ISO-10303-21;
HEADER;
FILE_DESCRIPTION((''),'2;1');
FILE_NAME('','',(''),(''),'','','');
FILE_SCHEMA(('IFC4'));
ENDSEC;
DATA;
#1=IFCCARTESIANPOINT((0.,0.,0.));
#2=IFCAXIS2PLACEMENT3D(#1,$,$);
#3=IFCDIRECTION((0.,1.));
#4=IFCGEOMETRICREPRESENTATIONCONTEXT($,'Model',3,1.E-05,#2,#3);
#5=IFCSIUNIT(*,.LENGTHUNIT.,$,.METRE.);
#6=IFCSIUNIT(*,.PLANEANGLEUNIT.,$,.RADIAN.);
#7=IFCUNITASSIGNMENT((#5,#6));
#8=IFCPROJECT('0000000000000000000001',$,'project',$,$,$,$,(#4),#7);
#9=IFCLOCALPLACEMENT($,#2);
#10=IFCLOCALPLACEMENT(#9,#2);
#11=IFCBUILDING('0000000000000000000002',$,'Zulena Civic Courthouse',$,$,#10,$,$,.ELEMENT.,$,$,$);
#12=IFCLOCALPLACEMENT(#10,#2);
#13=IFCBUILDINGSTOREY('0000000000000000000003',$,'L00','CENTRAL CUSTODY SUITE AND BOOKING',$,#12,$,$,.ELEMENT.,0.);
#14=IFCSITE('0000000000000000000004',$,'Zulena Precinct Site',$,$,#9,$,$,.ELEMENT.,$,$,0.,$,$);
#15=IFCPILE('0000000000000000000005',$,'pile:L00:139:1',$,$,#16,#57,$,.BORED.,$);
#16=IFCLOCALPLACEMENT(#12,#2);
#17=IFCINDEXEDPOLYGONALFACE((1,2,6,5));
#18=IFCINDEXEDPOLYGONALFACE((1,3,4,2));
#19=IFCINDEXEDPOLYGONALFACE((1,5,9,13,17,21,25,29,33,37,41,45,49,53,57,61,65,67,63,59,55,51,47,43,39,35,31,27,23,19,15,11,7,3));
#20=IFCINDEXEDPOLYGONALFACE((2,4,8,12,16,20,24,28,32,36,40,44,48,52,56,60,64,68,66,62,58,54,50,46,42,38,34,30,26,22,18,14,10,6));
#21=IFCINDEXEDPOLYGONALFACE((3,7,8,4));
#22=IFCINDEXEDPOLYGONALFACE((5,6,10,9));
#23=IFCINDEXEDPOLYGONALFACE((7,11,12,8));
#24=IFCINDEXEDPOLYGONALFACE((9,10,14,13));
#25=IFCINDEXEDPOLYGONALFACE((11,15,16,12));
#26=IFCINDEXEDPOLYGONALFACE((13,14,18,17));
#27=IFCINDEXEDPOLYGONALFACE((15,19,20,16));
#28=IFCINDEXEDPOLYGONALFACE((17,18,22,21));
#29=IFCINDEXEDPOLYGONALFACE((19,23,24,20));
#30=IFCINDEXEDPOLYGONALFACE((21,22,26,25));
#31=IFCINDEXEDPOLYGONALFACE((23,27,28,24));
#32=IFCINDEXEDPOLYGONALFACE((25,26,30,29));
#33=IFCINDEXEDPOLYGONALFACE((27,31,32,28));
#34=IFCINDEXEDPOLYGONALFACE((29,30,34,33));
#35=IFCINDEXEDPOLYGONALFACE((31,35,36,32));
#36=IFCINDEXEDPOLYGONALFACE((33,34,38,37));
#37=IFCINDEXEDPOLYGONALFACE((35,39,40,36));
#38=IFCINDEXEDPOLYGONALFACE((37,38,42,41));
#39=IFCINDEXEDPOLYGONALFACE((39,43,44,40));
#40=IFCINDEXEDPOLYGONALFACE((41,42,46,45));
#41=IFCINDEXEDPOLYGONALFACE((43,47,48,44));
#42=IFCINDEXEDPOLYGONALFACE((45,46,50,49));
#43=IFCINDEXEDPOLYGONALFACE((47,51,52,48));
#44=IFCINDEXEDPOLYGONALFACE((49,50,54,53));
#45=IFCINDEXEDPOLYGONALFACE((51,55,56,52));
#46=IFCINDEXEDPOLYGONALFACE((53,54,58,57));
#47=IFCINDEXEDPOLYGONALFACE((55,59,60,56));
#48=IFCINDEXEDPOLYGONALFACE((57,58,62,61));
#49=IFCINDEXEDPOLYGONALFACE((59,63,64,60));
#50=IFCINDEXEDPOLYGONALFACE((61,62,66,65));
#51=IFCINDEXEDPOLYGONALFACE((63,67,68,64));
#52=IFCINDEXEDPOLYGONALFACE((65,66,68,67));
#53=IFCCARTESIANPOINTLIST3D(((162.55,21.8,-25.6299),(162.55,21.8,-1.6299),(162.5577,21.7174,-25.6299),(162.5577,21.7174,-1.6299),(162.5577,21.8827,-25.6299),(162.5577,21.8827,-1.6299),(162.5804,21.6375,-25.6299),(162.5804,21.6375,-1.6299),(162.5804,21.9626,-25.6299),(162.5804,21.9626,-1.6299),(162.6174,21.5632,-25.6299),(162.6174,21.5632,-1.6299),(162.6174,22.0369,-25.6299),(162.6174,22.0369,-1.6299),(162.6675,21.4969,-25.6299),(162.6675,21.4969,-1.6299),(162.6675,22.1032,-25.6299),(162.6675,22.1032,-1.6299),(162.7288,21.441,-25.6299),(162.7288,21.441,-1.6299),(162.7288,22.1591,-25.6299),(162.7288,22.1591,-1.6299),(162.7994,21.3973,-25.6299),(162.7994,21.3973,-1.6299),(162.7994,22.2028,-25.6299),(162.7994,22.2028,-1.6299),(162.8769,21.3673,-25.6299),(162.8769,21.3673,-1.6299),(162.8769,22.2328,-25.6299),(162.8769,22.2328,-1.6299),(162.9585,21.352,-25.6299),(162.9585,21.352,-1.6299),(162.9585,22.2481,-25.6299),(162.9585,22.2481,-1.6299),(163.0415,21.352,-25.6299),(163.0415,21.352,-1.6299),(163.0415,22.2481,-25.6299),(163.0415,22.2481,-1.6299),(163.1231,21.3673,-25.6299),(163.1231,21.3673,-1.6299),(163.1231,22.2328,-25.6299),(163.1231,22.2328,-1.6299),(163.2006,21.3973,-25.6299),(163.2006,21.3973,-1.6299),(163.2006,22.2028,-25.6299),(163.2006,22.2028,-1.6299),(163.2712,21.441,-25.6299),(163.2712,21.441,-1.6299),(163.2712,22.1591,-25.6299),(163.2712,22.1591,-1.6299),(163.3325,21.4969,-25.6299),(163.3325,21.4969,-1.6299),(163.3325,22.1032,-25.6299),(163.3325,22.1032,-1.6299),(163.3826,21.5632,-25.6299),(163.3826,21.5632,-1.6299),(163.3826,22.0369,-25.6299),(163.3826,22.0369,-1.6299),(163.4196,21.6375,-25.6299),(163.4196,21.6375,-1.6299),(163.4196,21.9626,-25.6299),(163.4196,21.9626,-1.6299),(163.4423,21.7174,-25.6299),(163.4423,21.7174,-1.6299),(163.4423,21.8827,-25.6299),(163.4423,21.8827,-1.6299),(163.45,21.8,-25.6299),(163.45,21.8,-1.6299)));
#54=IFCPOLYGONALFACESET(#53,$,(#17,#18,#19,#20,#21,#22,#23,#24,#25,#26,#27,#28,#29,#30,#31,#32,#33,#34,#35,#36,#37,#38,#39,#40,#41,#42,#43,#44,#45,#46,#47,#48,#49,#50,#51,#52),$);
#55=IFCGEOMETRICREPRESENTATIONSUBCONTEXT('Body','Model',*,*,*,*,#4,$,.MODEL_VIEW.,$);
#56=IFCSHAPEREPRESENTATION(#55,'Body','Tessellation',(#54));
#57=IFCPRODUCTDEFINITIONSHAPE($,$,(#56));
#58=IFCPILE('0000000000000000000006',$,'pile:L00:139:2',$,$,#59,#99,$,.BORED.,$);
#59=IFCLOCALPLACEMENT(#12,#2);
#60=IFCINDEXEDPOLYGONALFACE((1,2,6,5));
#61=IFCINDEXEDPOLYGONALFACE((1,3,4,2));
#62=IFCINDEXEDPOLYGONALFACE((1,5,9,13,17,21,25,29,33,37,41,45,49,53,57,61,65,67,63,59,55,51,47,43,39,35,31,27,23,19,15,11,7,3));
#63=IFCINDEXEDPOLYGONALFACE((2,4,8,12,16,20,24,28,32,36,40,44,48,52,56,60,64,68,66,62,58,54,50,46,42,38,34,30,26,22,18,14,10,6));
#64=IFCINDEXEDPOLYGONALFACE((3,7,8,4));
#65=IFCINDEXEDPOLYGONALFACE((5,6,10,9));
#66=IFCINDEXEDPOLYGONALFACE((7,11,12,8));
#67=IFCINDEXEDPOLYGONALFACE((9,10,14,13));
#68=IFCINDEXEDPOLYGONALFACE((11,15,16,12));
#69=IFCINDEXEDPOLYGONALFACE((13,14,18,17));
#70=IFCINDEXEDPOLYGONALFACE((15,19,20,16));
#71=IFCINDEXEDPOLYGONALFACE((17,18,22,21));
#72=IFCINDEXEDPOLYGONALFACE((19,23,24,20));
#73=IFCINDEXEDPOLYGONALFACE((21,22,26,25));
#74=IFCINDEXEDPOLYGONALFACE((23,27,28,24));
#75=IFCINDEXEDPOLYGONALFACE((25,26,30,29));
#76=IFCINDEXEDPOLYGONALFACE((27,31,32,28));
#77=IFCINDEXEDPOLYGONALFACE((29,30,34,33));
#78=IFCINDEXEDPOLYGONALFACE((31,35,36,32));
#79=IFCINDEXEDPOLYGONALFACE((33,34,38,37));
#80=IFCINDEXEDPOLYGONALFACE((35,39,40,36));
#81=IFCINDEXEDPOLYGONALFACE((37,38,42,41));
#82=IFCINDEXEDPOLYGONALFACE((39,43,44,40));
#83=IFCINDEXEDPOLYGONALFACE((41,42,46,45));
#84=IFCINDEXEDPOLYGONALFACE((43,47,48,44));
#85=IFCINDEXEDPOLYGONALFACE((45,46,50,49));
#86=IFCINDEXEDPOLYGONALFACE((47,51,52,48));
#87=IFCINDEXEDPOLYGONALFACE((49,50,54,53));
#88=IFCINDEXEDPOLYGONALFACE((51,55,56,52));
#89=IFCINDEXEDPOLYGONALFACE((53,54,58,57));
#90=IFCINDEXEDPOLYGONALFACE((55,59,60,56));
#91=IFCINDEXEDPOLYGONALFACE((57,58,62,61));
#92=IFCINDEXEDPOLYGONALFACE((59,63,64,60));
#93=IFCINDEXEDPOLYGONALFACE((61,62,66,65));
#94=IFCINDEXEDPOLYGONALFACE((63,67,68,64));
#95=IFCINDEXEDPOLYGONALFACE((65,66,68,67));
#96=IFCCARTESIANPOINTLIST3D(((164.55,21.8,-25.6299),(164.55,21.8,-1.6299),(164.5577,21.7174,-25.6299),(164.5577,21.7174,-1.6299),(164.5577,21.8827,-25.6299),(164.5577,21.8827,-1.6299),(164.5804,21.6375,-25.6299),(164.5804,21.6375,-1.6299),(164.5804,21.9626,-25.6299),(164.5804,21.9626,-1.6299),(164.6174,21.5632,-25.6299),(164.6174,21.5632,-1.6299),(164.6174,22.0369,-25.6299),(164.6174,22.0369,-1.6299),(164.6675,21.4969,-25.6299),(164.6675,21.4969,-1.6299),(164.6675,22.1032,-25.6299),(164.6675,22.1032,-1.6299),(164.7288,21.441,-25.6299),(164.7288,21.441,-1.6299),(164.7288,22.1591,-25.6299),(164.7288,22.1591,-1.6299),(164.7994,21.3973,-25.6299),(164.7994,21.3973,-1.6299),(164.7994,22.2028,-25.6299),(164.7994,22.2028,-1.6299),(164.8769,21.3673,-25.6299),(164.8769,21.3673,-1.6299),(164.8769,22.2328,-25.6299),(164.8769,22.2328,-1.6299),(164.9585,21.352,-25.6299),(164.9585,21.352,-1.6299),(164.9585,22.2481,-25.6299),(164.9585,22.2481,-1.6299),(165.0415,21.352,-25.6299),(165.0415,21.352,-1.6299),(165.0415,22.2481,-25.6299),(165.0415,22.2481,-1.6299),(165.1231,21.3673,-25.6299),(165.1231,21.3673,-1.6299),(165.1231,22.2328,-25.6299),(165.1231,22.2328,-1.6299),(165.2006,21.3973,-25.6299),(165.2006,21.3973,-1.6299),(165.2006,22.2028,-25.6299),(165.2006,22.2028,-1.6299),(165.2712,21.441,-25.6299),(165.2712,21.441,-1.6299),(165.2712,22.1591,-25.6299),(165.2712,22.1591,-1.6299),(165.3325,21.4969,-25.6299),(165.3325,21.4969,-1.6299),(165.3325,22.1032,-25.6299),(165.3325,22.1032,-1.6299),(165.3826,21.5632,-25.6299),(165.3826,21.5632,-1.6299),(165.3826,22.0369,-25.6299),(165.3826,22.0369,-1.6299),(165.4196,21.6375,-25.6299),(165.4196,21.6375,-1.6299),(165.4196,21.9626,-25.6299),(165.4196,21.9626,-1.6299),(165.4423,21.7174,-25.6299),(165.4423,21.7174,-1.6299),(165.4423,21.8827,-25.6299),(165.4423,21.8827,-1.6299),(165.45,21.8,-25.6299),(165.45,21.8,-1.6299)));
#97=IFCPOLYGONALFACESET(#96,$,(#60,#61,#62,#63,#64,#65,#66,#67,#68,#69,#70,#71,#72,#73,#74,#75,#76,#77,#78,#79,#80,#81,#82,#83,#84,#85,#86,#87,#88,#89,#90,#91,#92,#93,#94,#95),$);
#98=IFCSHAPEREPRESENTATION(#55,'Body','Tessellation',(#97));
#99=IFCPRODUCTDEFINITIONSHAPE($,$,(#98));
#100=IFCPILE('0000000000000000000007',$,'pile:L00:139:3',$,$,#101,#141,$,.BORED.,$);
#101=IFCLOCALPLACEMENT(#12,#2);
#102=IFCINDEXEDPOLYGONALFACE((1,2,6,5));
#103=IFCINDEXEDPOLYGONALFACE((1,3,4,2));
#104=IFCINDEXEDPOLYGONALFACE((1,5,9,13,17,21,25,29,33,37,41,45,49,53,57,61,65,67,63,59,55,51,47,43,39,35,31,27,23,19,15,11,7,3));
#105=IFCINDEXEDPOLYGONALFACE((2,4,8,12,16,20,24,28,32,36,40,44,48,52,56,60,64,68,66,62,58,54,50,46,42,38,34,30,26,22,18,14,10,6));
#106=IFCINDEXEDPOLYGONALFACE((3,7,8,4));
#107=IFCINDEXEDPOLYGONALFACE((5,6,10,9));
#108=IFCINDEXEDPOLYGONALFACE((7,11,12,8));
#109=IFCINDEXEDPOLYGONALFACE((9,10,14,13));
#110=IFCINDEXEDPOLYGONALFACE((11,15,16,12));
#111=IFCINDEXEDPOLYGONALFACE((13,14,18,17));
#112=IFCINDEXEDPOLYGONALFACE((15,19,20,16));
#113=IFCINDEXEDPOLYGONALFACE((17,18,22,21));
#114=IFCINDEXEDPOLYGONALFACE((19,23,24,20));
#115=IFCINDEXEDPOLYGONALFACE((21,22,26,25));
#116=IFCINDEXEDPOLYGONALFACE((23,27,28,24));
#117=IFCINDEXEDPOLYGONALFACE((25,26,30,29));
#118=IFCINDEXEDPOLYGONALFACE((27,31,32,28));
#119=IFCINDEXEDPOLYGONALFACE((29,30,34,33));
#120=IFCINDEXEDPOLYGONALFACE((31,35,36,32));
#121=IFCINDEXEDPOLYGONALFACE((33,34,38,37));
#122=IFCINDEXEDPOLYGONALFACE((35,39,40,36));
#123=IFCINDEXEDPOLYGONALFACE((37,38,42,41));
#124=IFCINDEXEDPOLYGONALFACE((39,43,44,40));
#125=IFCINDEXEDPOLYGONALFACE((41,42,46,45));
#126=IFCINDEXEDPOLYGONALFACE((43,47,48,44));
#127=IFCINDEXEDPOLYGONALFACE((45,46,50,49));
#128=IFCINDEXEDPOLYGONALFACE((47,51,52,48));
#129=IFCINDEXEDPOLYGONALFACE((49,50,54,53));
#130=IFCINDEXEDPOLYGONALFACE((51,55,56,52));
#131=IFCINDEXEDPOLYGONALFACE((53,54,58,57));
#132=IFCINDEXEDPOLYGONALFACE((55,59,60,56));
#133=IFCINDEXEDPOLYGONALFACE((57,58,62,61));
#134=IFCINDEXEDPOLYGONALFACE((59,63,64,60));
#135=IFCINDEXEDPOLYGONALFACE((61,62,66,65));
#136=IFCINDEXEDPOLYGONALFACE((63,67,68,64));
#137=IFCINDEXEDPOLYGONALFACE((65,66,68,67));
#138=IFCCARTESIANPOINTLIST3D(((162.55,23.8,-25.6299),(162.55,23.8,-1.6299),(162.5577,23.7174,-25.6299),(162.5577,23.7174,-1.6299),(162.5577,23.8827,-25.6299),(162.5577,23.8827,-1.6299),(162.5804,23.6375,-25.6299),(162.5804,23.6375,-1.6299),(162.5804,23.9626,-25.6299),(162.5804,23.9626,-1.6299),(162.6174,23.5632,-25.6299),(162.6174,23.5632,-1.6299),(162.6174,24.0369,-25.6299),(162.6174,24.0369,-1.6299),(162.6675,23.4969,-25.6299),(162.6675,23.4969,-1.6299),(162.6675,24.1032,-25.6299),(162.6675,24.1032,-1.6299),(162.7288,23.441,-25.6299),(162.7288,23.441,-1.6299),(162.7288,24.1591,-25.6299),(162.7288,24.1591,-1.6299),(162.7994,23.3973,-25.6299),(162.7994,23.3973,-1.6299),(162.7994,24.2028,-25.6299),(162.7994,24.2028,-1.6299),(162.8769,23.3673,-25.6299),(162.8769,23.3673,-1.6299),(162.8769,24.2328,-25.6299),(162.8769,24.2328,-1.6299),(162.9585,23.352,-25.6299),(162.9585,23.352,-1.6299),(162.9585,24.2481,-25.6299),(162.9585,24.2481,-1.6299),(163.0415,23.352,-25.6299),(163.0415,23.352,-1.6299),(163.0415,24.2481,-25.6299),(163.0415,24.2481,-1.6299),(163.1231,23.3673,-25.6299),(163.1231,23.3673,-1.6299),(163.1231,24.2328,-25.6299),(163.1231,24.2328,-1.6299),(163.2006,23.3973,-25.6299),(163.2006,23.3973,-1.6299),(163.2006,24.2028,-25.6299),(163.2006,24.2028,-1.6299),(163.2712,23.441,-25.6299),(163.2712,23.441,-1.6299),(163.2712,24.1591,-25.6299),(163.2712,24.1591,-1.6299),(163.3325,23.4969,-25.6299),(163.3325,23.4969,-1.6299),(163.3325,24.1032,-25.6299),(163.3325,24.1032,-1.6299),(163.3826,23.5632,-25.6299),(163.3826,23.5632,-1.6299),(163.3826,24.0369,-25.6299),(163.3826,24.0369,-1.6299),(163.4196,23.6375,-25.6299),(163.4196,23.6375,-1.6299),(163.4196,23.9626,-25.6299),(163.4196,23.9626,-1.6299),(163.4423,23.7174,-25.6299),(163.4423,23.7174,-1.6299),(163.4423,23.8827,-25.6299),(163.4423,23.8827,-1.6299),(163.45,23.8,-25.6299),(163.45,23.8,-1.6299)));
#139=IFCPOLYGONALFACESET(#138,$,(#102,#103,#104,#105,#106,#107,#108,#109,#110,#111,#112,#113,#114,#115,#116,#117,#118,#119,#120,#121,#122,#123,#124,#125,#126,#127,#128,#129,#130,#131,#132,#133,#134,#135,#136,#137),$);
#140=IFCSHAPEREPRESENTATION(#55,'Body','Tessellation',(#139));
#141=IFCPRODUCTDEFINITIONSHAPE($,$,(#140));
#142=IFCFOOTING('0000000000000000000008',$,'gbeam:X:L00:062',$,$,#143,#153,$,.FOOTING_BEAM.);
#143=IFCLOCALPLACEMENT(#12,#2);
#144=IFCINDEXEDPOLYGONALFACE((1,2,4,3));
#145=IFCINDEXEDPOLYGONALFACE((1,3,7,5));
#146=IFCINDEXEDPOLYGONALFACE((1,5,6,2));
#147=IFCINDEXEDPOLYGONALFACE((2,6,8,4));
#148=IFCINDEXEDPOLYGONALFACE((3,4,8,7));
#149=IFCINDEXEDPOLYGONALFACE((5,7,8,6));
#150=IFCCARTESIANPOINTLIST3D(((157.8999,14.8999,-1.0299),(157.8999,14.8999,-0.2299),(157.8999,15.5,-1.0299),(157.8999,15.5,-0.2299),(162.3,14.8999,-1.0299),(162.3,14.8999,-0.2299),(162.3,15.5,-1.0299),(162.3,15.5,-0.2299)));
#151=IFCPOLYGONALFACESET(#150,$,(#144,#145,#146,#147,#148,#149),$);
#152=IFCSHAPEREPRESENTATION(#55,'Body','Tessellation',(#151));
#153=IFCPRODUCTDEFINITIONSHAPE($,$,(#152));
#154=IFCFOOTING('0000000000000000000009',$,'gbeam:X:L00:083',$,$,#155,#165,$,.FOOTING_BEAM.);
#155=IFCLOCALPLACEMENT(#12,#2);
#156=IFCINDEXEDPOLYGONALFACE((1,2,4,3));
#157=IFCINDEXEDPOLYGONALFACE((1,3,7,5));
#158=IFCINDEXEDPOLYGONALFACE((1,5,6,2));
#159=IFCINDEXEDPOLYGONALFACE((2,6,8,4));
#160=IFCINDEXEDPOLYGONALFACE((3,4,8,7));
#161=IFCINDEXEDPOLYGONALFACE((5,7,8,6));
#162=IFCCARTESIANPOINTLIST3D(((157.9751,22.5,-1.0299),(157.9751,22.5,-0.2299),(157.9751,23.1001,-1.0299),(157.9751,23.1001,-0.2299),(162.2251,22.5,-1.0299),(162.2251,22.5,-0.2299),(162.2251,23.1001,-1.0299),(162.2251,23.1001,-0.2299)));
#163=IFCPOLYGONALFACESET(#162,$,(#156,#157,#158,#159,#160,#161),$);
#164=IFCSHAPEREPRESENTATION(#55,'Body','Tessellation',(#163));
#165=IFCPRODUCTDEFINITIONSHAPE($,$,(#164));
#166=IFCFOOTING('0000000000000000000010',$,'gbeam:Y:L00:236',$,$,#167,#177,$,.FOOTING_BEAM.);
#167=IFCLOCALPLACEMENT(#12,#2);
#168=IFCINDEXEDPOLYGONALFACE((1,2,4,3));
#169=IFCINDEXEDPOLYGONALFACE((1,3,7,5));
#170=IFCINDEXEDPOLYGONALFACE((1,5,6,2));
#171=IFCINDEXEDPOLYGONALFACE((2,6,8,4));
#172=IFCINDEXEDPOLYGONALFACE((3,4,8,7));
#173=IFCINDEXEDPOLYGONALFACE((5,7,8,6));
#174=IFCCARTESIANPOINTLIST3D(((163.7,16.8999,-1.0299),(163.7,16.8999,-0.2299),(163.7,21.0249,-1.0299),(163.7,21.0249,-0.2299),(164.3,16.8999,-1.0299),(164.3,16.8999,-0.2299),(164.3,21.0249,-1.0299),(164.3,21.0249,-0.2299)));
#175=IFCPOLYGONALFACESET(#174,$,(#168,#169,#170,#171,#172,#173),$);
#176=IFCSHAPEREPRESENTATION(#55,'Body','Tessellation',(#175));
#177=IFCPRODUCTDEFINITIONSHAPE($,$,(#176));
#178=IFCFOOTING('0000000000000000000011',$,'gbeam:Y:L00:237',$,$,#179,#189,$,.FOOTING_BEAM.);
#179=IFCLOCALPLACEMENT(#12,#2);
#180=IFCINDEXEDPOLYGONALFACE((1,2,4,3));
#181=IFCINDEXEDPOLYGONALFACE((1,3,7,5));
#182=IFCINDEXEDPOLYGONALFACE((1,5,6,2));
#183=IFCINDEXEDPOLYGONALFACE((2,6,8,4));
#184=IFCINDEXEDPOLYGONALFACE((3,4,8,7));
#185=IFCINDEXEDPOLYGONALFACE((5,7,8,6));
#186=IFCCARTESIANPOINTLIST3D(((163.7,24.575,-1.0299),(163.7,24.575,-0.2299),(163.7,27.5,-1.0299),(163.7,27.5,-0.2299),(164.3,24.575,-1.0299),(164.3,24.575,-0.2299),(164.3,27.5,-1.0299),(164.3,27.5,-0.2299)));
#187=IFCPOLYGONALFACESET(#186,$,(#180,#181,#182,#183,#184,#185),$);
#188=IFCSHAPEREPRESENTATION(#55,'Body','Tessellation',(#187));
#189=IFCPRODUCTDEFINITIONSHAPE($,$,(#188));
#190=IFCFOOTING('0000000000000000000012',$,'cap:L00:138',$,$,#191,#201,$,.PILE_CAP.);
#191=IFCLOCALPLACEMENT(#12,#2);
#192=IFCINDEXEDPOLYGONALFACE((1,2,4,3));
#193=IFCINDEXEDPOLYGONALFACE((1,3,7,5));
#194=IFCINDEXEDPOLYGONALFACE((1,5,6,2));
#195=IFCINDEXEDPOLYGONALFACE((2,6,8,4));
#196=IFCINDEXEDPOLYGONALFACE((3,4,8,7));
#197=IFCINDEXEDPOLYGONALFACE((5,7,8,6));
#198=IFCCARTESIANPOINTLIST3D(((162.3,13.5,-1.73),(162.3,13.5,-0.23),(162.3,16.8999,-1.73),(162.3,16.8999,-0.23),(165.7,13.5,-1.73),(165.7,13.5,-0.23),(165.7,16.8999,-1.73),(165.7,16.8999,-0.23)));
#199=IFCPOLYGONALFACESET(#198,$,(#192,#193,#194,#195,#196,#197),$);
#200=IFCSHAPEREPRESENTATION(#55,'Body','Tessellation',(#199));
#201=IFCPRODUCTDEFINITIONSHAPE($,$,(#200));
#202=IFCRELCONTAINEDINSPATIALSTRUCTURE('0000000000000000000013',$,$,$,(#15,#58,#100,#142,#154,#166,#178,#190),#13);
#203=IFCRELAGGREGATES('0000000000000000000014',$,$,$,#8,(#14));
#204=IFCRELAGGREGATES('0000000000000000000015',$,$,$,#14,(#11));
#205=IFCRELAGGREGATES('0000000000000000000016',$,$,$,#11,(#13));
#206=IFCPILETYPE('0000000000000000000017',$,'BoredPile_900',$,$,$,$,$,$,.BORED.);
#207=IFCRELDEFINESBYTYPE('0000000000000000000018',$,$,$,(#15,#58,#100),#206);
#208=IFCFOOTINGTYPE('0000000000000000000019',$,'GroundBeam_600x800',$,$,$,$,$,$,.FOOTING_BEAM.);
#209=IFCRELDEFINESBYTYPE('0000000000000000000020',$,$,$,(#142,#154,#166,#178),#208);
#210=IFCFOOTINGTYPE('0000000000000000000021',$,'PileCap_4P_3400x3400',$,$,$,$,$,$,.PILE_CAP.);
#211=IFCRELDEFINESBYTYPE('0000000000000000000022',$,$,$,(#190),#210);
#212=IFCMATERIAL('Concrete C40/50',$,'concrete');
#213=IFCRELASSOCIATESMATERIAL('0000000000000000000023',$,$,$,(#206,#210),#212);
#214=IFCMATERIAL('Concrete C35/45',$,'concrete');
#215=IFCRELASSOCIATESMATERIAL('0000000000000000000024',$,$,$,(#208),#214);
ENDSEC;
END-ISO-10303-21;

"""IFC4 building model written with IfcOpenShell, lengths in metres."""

from ifc_helpers import new_model, si_unit, direction, frame, origin, origin_2d, place, context, subcontext, project, spatial, rectangle, circle, extrude, material, material_profile, profile_set, type_object, element, save


model = new_model("IFC4")

# Units and contexts
model_context = context("Model", 3, precision=1e-05, world=origin(), true_north=direction((0.0, 1.0)))
body_context = subcontext(model_context, "Body", "Model", "MODEL_VIEW")
ifc_project = project(units=[si_unit("LENGTHUNIT", "METRE"), si_unit("PLANEANGLEUNIT", "RADIAN")], contexts=[model_context])

# Site, building, storey
site_placement = place(None, origin())
site = spatial("IfcSite", under=ifc_project, at=site_placement, Name="Zulena Precinct Site", CompositionType="ELEMENT", RefElevation=0.0)
building_placement = place(site_placement, origin())
building = spatial("IfcBuilding", under=site, at=building_placement, Name="Zulena Civic Courthouse", CompositionType="ELEMENT")
storey_placement = place(building_placement, origin())
storey = spatial("IfcBuildingStorey", under=building, at=storey_placement, Name="L00", Description="CENTRAL CUSTODY SUITE AND BOOKING", CompositionType="ELEMENT", Elevation=0.0)

# Piles
ifc_material_1 = material(Name="Concrete C40/50", Category="concrete")
ifc_material_profile_1 = material_profile(ifc_material_1, circle(Radius=0.45, at=origin_2d()), Name="PILE900")
ifc_profile_set_1 = profile_set([ifc_material_profile_1], Name="Concrete C40/50")
pile_type_1 = type_object("IfcPileType", Name="BoredPile_900", PredefinedType="BORED", material=ifc_profile_set_1)
for number, where, z_axis, x_axis, name in (
    (1, (163.0, 21.8, -1.6299), (0.0, 0.0, -1.0), (1.0, 0.0, 0.0), "pile:L00:139:1"),
    (2, (165.0, 21.8, -1.6299), (0.0, 0.0, -1.0), (1.0, 0.0, 0.0), "pile:L00:139:2"),
    (3, (163.0, 23.8, -1.6299), (0.0, 0.0, -1.0), (1.0, 0.0, 0.0), "pile:L00:139:3"),
):
    element("IfcPile", number, at=place(storey_placement, frame(where, z_axis=z_axis, x_axis=x_axis)), inside=storey, type_object=pile_type_1, Name=name, PredefinedType="BORED", context=body_context, shape_type="SweptSolid", body=[
        extrude(circle(Radius=0.45, at=origin_2d()), origin(), (0.0, 0.0, 1.0), 24.0),
    ])

# Footings
ifc_material_2 = material(Name="Concrete C35/45", Category="concrete")
ifc_material_profile_2 = material_profile(ifc_material_2, rectangle(XDim=0.6001, YDim=0.8, at=origin_2d()), Name="RC600X800")
ifc_profile_set_2 = profile_set([ifc_material_profile_2], Name="Concrete C35/45")
footing_type_1 = type_object("IfcFootingType", Name="GroundBeam_600x800", PredefinedType="FOOTING_BEAM", material=ifc_profile_set_2)
footing_1_placement = place(storey_placement, frame((157.8999, 15.2, -0.6299), z_axis=(1.0, 0.0, 0.0), x_axis=(0.0, 1.0, 0.0)))
element("IfcFooting", 4, at=footing_1_placement, inside=storey, type_object=footing_type_1, Name="gbeam:X:L00:062", PredefinedType="FOOTING_BEAM", context=body_context, shape_type="SweptSolid", body=[
    extrude(rectangle(XDim=0.6001, YDim=0.8, at=origin_2d()), origin(), (0.0, 0.0, 1.0), 4.4001),
])
footing_2_placement = place(storey_placement, frame((157.9751, 22.8, -0.6299), z_axis=(1.0, 0.0, 0.0), x_axis=(0.0, 1.0, 0.0)))
element("IfcFooting", 5, at=footing_2_placement, inside=storey, type_object=footing_type_1, Name="gbeam:X:L00:083", PredefinedType="FOOTING_BEAM", context=body_context, shape_type="SweptSolid", body=[
    extrude(rectangle(XDim=0.6001, YDim=0.8, at=origin_2d()), origin(), (0.0, 0.0, 1.0), 4.25),
])
footing_3_placement = place(storey_placement, frame((164.0, 16.8999, -0.6299), z_axis=(0.0, 1.0, 0.0), x_axis=(-1.0, 0.0, 0.0)))
element("IfcFooting", 6, at=footing_3_placement, inside=storey, type_object=footing_type_1, Name="gbeam:Y:L00:236", PredefinedType="FOOTING_BEAM", context=body_context, shape_type="SweptSolid", body=[
    extrude(rectangle(XDim=0.6001, YDim=0.8, at=origin_2d()), origin(), (0.0, 0.0, 1.0), 4.125),
])
footing_4_placement = place(storey_placement, frame((164.0, 24.575, -0.6299), z_axis=(0.0, 1.0, 0.0), x_axis=(-1.0, 0.0, 0.0)))
element("IfcFooting", 7, at=footing_4_placement, inside=storey, type_object=footing_type_1, Name="gbeam:Y:L00:237", PredefinedType="FOOTING_BEAM", context=body_context, shape_type="SweptSolid", body=[
    extrude(rectangle(XDim=0.6001, YDim=0.8, at=origin_2d()), origin(), (0.0, 0.0, 1.0), 2.925),
])
footing_type_2 = type_object("IfcFootingType", Name="PileCap_4P_3400x3400", PredefinedType="PILE_CAP", material=ifc_material_1)
footing_5_placement = place(storey_placement, frame((164.0, 15.2, -1.73), z_axis=(0.0, 0.0, 1.0), x_axis=(1.0, 0.0, 0.0)))
element("IfcFooting", 8, at=footing_5_placement, inside=storey, type_object=footing_type_2, Name="cap:L00:138", PredefinedType="PILE_CAP", context=body_context, shape_type="SweptSolid", body=[
    extrude(rectangle(XDim=3.3999, YDim=3.3999, at=origin_2d()), origin(), (0.0, 0.0, 1.0), 1.5),
])

save(model, "model.ifc")
